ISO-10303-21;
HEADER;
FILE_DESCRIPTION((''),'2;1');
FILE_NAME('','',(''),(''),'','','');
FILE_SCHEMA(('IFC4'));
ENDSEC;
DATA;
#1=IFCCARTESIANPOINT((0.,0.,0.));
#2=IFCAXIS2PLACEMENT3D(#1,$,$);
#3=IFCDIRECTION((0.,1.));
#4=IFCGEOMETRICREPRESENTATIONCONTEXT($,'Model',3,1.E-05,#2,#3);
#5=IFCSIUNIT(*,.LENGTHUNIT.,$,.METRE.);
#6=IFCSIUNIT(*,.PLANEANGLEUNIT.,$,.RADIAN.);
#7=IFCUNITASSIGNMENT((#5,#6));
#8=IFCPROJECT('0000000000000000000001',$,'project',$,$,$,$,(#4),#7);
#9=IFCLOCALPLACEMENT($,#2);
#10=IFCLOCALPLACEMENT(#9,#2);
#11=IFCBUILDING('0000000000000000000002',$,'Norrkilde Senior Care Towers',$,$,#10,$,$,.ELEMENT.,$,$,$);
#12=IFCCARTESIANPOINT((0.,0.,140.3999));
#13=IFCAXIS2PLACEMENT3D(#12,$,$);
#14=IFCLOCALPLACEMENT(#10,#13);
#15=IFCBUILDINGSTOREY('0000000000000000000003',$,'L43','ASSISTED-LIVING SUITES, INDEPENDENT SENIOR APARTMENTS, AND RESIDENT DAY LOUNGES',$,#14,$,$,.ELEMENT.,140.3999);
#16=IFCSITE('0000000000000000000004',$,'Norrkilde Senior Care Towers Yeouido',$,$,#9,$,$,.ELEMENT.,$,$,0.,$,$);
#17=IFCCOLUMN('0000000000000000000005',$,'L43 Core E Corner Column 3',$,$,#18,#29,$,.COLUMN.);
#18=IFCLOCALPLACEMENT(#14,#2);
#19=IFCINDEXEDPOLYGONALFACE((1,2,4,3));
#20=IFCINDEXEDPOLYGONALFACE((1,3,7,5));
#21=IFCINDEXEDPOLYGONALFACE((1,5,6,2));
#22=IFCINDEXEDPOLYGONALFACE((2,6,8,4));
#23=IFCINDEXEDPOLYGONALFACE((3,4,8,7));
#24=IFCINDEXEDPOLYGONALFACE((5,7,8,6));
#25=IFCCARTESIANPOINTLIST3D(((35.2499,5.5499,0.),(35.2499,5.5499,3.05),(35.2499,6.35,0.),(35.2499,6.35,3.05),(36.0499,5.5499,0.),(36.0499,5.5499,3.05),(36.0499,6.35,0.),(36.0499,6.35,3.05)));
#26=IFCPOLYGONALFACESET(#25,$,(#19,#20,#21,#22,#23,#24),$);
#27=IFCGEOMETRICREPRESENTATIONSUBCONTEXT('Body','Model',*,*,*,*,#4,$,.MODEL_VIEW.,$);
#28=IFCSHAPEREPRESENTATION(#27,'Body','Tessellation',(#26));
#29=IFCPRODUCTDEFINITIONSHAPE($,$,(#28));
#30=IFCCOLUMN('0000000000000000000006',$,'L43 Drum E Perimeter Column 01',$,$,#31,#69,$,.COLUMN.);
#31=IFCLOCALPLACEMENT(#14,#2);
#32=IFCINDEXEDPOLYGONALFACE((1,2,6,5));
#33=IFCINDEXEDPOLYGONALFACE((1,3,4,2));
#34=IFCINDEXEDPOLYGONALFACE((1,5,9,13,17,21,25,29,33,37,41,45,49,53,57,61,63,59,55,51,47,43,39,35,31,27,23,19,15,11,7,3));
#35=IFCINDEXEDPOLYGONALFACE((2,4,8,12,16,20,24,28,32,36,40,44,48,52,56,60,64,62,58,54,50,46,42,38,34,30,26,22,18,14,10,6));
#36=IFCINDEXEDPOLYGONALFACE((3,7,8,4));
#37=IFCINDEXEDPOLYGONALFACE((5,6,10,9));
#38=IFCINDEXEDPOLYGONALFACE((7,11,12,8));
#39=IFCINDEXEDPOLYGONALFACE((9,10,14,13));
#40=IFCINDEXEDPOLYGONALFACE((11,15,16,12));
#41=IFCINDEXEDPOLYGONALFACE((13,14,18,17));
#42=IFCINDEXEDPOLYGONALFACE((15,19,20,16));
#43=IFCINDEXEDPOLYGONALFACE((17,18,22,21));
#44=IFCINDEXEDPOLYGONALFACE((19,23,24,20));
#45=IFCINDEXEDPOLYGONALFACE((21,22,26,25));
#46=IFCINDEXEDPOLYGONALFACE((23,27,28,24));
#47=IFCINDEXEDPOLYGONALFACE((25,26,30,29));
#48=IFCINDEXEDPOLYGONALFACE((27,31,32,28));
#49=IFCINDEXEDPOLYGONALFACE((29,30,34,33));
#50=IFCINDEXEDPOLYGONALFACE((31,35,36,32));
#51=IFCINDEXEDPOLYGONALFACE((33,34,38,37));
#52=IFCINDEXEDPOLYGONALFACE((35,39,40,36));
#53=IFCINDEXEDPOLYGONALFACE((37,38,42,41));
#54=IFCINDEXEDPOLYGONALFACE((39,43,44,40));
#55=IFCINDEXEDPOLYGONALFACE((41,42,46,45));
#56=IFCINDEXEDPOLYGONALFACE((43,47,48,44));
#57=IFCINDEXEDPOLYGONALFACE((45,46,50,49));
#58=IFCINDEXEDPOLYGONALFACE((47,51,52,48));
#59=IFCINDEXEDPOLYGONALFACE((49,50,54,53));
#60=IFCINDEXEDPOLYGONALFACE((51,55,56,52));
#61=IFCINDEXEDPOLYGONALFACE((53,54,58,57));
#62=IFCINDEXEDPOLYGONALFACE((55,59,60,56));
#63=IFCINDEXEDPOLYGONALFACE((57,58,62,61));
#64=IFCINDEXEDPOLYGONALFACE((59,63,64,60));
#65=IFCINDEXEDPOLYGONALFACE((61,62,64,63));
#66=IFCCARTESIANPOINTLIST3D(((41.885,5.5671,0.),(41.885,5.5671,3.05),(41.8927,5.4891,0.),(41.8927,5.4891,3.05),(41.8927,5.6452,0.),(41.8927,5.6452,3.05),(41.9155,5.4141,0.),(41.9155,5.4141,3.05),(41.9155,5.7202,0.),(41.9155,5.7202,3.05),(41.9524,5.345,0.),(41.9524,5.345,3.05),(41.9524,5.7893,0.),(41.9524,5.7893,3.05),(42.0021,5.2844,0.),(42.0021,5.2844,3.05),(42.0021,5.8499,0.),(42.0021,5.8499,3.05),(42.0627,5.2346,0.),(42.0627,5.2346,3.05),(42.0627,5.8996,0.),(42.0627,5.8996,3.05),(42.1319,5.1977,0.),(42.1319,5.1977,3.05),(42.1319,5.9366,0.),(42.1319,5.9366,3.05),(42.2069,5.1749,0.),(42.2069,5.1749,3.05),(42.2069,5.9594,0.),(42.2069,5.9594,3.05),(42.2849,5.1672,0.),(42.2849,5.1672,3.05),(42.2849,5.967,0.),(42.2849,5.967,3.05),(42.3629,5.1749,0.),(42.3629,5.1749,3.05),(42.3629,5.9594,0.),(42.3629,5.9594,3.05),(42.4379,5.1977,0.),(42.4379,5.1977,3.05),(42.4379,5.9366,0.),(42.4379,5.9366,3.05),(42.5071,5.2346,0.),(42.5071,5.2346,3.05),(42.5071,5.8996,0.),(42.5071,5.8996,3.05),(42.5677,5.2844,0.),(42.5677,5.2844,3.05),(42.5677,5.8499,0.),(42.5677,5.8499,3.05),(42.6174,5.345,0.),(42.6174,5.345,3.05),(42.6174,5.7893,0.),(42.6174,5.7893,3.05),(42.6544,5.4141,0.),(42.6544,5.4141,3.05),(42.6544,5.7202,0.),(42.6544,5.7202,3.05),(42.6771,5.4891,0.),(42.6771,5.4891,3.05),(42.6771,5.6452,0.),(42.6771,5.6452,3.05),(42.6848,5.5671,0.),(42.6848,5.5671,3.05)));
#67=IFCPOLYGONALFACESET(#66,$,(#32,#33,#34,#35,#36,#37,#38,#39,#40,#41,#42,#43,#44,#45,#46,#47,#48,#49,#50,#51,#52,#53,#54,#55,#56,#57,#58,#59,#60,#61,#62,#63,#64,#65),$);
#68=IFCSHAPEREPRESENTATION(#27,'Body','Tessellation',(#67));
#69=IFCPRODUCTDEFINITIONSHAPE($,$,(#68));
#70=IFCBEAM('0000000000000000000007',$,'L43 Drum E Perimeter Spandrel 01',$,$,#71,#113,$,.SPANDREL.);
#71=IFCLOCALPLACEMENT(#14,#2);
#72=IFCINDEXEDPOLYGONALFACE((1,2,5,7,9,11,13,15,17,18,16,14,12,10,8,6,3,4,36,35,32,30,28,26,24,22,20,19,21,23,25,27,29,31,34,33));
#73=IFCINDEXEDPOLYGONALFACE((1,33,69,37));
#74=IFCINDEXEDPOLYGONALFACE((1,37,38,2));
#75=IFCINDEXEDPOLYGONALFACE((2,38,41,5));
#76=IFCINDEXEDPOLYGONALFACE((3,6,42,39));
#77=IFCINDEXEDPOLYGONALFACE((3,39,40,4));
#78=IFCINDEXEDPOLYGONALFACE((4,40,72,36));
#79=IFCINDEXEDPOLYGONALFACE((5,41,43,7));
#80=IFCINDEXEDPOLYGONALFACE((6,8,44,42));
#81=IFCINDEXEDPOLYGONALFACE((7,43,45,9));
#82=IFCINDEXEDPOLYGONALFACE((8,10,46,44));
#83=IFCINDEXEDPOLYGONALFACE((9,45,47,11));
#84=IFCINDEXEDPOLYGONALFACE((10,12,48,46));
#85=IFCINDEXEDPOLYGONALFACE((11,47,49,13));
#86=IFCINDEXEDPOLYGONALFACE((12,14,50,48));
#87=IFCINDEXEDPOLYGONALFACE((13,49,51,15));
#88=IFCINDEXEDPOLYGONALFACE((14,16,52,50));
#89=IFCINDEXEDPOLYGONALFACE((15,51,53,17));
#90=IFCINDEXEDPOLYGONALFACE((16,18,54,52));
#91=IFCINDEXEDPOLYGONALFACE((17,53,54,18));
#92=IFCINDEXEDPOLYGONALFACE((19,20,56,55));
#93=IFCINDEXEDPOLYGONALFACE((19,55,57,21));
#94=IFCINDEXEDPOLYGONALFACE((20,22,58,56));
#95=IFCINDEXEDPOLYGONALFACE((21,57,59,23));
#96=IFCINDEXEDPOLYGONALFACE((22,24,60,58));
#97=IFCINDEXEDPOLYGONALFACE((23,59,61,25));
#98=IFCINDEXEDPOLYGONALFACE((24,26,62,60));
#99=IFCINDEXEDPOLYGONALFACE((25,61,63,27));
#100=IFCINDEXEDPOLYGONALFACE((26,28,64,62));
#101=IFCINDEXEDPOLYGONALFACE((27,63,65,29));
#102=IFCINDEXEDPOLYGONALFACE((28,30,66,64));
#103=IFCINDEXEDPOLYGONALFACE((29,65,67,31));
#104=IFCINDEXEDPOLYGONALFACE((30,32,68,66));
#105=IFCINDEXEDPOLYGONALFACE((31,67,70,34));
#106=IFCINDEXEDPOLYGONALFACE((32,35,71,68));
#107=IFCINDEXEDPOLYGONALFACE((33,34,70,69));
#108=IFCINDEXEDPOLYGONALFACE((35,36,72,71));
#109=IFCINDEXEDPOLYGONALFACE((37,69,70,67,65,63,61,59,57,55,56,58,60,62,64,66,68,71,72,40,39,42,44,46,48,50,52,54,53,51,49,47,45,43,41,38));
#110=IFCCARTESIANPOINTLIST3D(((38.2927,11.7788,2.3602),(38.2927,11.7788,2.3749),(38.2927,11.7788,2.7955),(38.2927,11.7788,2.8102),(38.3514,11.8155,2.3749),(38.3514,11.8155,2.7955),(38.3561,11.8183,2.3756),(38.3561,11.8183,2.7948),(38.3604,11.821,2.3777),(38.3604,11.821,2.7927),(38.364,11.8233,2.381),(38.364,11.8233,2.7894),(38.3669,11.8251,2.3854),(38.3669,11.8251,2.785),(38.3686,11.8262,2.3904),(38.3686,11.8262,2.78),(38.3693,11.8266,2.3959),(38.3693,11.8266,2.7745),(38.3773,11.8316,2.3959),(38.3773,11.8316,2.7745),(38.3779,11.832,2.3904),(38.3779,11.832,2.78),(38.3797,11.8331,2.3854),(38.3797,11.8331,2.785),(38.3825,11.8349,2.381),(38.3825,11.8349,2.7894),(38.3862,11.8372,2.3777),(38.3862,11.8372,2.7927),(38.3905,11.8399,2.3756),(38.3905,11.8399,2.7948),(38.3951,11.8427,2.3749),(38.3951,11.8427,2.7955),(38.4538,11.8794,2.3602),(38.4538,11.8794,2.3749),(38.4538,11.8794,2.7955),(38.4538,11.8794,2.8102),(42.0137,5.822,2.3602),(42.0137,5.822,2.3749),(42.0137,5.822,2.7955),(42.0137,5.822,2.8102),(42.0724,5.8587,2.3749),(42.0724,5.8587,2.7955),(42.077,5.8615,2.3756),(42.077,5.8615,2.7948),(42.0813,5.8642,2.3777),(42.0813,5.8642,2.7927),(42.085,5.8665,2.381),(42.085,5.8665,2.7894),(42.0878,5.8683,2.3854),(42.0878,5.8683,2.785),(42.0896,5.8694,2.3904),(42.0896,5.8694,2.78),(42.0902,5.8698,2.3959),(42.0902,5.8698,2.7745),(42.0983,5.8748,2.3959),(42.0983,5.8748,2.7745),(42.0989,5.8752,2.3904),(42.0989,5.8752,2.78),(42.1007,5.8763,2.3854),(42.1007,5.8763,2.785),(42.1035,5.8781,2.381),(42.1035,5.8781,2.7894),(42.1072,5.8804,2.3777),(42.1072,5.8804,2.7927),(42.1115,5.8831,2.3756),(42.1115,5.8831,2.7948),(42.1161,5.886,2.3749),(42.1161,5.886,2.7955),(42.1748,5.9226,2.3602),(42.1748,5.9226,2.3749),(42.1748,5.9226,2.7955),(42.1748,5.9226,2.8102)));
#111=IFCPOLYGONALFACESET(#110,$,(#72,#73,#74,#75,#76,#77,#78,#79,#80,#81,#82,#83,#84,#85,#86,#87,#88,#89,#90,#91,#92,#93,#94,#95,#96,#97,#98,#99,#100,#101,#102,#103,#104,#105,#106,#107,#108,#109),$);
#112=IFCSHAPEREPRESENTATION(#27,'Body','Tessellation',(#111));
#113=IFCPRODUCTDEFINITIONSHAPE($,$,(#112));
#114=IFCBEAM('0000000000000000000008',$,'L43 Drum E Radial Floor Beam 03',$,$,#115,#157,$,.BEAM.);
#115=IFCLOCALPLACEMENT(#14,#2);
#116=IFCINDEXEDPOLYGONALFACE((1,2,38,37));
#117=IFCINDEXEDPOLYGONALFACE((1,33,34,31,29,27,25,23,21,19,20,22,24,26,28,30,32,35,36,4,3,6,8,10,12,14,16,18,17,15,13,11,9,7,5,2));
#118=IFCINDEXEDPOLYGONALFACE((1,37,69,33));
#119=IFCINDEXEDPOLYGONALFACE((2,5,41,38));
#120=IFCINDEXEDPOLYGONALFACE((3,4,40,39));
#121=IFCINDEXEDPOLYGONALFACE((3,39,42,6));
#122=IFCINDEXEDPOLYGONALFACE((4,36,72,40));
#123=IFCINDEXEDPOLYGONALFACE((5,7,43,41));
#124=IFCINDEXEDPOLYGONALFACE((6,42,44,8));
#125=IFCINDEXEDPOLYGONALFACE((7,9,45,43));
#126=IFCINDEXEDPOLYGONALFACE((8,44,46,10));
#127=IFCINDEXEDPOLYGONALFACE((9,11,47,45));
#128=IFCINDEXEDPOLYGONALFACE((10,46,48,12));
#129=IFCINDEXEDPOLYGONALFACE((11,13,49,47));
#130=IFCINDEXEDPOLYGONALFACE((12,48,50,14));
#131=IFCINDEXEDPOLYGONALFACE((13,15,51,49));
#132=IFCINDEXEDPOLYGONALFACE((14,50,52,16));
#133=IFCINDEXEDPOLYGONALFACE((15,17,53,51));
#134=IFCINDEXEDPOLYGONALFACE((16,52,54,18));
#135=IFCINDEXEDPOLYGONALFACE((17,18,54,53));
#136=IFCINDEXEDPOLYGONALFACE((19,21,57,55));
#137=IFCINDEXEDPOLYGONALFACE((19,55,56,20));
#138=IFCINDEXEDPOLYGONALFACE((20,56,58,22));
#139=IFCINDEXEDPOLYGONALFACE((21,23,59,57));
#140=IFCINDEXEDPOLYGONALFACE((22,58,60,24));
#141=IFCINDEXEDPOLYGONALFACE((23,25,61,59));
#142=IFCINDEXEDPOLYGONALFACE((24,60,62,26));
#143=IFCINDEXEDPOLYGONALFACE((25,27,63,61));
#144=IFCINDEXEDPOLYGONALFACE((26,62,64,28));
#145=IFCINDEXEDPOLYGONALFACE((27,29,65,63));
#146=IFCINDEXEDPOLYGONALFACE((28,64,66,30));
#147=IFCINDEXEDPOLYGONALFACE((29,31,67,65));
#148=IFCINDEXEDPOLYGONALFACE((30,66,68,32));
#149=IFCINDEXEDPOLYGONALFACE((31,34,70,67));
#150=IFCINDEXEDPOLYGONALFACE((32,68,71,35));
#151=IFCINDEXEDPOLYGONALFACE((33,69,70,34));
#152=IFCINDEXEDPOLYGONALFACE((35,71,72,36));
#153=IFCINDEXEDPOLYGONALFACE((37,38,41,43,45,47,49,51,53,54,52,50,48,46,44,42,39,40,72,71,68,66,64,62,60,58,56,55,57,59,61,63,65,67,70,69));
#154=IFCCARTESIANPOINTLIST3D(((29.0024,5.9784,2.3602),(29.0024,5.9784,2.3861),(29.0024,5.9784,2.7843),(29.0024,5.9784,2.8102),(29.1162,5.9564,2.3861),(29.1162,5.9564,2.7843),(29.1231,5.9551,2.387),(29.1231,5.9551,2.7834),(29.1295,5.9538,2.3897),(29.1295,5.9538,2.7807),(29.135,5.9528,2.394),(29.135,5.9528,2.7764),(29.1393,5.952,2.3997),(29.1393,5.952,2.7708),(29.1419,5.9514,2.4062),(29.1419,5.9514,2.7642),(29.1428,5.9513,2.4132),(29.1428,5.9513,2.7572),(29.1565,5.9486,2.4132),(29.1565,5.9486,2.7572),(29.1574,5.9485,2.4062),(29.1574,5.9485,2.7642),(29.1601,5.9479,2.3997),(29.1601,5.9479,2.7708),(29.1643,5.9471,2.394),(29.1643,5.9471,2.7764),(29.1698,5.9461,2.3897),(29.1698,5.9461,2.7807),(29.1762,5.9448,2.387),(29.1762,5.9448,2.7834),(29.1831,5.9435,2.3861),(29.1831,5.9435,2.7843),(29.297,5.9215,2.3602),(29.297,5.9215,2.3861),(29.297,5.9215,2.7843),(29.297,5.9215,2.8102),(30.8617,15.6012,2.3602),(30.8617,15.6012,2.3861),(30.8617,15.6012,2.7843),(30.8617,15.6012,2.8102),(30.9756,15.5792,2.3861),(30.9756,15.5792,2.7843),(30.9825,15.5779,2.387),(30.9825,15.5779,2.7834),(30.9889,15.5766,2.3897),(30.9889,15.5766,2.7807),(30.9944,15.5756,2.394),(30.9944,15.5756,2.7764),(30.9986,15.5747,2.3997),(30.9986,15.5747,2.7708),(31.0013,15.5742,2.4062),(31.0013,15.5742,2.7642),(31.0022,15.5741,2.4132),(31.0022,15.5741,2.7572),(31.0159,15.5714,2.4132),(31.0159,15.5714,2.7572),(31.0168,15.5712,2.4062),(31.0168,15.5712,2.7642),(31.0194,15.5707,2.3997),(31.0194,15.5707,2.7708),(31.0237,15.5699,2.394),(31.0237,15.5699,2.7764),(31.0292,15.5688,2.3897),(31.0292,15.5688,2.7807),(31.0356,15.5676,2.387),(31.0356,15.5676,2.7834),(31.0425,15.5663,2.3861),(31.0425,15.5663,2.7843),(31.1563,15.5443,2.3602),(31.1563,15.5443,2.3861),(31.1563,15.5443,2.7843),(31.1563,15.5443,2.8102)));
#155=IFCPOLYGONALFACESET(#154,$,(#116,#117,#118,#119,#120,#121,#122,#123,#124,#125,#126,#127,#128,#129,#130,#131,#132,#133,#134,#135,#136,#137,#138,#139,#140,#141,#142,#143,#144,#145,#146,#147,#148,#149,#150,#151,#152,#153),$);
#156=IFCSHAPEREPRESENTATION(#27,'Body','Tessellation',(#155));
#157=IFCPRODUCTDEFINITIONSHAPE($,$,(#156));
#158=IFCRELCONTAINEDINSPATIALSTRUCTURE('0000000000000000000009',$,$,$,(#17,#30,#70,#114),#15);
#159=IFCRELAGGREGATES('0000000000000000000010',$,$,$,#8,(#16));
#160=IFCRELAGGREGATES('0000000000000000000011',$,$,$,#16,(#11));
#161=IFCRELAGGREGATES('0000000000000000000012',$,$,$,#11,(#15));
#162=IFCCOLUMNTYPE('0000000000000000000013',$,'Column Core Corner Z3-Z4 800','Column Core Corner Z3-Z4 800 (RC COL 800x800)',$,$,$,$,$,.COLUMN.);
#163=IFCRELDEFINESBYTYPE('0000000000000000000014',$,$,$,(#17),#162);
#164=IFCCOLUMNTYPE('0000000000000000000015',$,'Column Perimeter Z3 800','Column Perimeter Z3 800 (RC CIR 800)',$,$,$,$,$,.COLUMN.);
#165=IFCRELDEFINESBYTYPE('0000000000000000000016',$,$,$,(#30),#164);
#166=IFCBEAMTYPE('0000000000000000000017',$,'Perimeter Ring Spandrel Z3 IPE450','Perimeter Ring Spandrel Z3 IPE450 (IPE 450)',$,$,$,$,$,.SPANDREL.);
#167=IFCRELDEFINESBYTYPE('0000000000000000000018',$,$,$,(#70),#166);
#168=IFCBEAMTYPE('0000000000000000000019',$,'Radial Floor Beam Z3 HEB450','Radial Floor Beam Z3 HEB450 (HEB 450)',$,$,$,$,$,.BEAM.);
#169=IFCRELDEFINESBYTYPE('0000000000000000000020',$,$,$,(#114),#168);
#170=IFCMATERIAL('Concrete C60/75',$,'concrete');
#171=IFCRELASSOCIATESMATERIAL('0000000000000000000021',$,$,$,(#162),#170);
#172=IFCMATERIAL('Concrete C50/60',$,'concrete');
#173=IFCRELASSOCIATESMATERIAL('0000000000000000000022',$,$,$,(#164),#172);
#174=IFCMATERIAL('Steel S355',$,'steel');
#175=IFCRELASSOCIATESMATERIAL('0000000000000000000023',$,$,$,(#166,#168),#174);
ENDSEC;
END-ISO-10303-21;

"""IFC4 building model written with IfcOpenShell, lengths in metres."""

from ifc_helpers import new_model, si_unit, direction, frame, origin, origin_2d, place, context, subcontext, project, spatial, rectangle, circle, i_section, extrude, source, transform, mapped, material, material_profile, profile_set, type_object, type_shapes, element, save


model = new_model("IFC4")

# Units and contexts
model_context = context("Model", 3, precision=1e-05, world=origin(), true_north=direction((0.0, 1.0)))
body_context = subcontext(model_context, "Body", "Model", "MODEL_VIEW")
ifc_project = project(units=[si_unit("LENGTHUNIT", "METRE"), si_unit("PLANEANGLEUNIT", "RADIAN")], contexts=[model_context])

# Site, building, storey
site_placement = place(None, origin())
site = spatial("IfcSite", under=ifc_project, at=site_placement, Name="Norrkilde Senior Care Towers Yeouido", CompositionType="ELEMENT", RefElevation=0.0)
building_placement = place(site_placement, origin())
building = spatial("IfcBuilding", under=site, at=building_placement, Name="Norrkilde Senior Care Towers", CompositionType="ELEMENT")
storey_placement = place(building_placement, frame((0.0, 0.0, 140.3999)))
storey = spatial("IfcBuildingStorey", under=building, at=storey_placement, Name="L43", Description="ASSISTED-LIVING SUITES, INDEPENDENT SENIOR APARTMENTS, AND RESIDENT DAY LOUNGES", CompositionType="ELEMENT", Elevation=140.3999)

# Columns
ifc_material_1 = material(Name="Concrete C60/75", Category="concrete")
ifc_material_profile_1 = material_profile(ifc_material_1, rectangle(XDim=0.8, YDim=0.8, at=origin_2d()), Name="RC COL 800x800")
ifc_profile_set_1 = profile_set([ifc_material_profile_1], Name="Concrete C60/75")
column_type_1 = type_object("IfcColumnType", Name="Column Core Corner Z3-Z4 800", Description="Column Core Corner Z3-Z4 800 (RC COL 800x800)", PredefinedType="COLUMN", material=ifc_profile_set_1)
shared_shape_1 = source(origin(), body_context, "Body", "SweptSolid", [
    extrude(rectangle(XDim=0.8, YDim=0.8, at=origin_2d()), origin(), (0.0, 0.0, 1.0), 3.05),
])
type_shapes(column_type_1, [shared_shape_1])
column_1_placement = place(storey_placement, frame((35.6499, 5.95, 0.0), z_axis=(0.0, 0.0, 1.0), x_axis=(1.0, 0.0, 0.0)))
element("IfcColumn", 1, at=column_1_placement, inside=storey, type_object=column_type_1, Name="L43 Core E Corner Column 3", PredefinedType="COLUMN", context=body_context, shape_type="MappedRepresentation", body=[
    mapped(shared_shape_1, transform((0.0, 0.0, 0.0), x_axis=(1.0, 0.0, 0.0), y_axis=(0.0, 1.0, 0.0), z_axis=(0.0, 0.0, 1.0), scale=1.0)),
])
ifc_material_2 = material(Name="Concrete C50/60", Category="concrete")
ifc_material_profile_2 = material_profile(ifc_material_2, circle(Radius=0.3999, at=origin_2d()), Name="RC CIR 800")
ifc_profile_set_2 = profile_set([ifc_material_profile_2], Name="Concrete C50/60")
column_type_2 = type_object("IfcColumnType", Name="Column Perimeter Z3 800", Description="Column Perimeter Z3 800 (RC CIR 800)", PredefinedType="COLUMN", material=ifc_profile_set_2)
shared_shape_2 = source(origin(), body_context, "Body", "SweptSolid", [
    extrude(circle(Radius=0.3999, at=origin_2d()), origin(), (0.0, 0.0, 1.0), 3.05),
])
type_shapes(column_type_2, [shared_shape_2])
column_2_placement = place(storey_placement, frame((42.2849, 5.5671, 0.0), z_axis=(0.0, 0.0, 1.0), x_axis=(1.0, 0.0, 0.0)))
element("IfcColumn", 2, at=column_2_placement, inside=storey, type_object=column_type_2, Name="L43 Drum E Perimeter Column 01", PredefinedType="COLUMN", context=body_context, shape_type="MappedRepresentation", body=[
    mapped(shared_shape_2, transform((0.0, 0.0, 0.0), x_axis=(1.0, 0.0, 0.0), y_axis=(0.0, 1.0, 0.0), z_axis=(0.0, 0.0, 1.0), scale=1.0)),
])

# Beams
ifc_material_3 = material(Name="Steel S355", Category="steel")
ifc_material_profile_3 = material_profile(ifc_material_3, i_section(OverallWidth=0.1899, OverallDepth=0.45, WebThickness=0.0095, FlangeThickness=0.0146, FilletRadius=0.021, at=origin_2d()), Name="IPE 450")
ifc_profile_set_3 = profile_set([ifc_material_profile_3], Name="Steel S355")
beam_type_1 = type_object("IfcBeamType", Name="Perimeter Ring Spandrel Z3 IPE450", Description="Perimeter Ring Spandrel Z3 IPE450 (IPE 450)", PredefinedType="SPANDREL", material=ifc_profile_set_3)
shared_shape_3 = source(origin(), body_context, "Body", "SweptSolid", [
    extrude(i_section(OverallWidth=0.1899, OverallDepth=0.45, WebThickness=0.0095, FlangeThickness=0.0146, FilletRadius=0.021, at=origin_2d()), origin(), (0.0, 0.0, 1.0), 7.0234),
])
type_shapes(beam_type_1, [shared_shape_3])
beam_1_placement = place(storey_placement, frame((42.0942, 5.8723, 2.5852), z_axis=(-0.52979, 0.848129, 0.0), x_axis=(-0.848129, -0.52979, 0.0)))
element("IfcBeam", 3, at=beam_1_placement, inside=storey, type_object=beam_type_1, Name="L43 Drum E Perimeter Spandrel 01", PredefinedType="SPANDREL", context=body_context, shape_type="MappedRepresentation", body=[
    mapped(shared_shape_3, transform((0.0, 0.0, 0.0), x_axis=(1.0, 0.0, 0.0), y_axis=(0.0, 1.0, 0.0), z_axis=(0.0, 0.0, 1.0), scale=1.0)),
])
ifc_material_profile_4 = material_profile(ifc_material_3, i_section(OverallWidth=0.3, OverallDepth=0.45, WebThickness=0.0139, FlangeThickness=0.0259, FilletRadius=0.0271, at=origin_2d()), Name="HEB 450")
ifc_profile_set_4 = profile_set([ifc_material_profile_4], Name="Steel S355")
beam_type_2 = type_object("IfcBeamType", Name="Radial Floor Beam Z3 HEB450", Description="Radial Floor Beam Z3 HEB450 (HEB 450)", PredefinedType="BEAM", material=ifc_profile_set_4)
shared_shape_4 = source(origin(), body_context, "Body", "SweptSolid", [
    extrude(i_section(OverallWidth=0.3, OverallDepth=0.45, WebThickness=0.0139, FlangeThickness=0.0259, FilletRadius=0.0271, at=origin_2d()), origin(), (0.0, 0.0, 1.0), 9.8008),
])
beam_2_placement = place(storey_placement, frame((29.1497, 5.95, 2.5852), z_axis=(0.189717, 0.981839, 0.0), x_axis=(-0.981839, 0.189717, 0.0)))
element("IfcBeam", 4, at=beam_2_placement, inside=storey, type_object=beam_type_2, Name="L43 Drum E Radial Floor Beam 03", PredefinedType="BEAM", context=body_context, shape_type="MappedRepresentation", body=[
    mapped(shared_shape_4, transform((0.0, 0.0, 0.0), x_axis=(1.0, 0.0, 0.0), y_axis=(0.0, 1.0, 0.0), z_axis=(0.0, 0.0, 1.0), scale=1.0)),
])

save(model, "model.ifc")
